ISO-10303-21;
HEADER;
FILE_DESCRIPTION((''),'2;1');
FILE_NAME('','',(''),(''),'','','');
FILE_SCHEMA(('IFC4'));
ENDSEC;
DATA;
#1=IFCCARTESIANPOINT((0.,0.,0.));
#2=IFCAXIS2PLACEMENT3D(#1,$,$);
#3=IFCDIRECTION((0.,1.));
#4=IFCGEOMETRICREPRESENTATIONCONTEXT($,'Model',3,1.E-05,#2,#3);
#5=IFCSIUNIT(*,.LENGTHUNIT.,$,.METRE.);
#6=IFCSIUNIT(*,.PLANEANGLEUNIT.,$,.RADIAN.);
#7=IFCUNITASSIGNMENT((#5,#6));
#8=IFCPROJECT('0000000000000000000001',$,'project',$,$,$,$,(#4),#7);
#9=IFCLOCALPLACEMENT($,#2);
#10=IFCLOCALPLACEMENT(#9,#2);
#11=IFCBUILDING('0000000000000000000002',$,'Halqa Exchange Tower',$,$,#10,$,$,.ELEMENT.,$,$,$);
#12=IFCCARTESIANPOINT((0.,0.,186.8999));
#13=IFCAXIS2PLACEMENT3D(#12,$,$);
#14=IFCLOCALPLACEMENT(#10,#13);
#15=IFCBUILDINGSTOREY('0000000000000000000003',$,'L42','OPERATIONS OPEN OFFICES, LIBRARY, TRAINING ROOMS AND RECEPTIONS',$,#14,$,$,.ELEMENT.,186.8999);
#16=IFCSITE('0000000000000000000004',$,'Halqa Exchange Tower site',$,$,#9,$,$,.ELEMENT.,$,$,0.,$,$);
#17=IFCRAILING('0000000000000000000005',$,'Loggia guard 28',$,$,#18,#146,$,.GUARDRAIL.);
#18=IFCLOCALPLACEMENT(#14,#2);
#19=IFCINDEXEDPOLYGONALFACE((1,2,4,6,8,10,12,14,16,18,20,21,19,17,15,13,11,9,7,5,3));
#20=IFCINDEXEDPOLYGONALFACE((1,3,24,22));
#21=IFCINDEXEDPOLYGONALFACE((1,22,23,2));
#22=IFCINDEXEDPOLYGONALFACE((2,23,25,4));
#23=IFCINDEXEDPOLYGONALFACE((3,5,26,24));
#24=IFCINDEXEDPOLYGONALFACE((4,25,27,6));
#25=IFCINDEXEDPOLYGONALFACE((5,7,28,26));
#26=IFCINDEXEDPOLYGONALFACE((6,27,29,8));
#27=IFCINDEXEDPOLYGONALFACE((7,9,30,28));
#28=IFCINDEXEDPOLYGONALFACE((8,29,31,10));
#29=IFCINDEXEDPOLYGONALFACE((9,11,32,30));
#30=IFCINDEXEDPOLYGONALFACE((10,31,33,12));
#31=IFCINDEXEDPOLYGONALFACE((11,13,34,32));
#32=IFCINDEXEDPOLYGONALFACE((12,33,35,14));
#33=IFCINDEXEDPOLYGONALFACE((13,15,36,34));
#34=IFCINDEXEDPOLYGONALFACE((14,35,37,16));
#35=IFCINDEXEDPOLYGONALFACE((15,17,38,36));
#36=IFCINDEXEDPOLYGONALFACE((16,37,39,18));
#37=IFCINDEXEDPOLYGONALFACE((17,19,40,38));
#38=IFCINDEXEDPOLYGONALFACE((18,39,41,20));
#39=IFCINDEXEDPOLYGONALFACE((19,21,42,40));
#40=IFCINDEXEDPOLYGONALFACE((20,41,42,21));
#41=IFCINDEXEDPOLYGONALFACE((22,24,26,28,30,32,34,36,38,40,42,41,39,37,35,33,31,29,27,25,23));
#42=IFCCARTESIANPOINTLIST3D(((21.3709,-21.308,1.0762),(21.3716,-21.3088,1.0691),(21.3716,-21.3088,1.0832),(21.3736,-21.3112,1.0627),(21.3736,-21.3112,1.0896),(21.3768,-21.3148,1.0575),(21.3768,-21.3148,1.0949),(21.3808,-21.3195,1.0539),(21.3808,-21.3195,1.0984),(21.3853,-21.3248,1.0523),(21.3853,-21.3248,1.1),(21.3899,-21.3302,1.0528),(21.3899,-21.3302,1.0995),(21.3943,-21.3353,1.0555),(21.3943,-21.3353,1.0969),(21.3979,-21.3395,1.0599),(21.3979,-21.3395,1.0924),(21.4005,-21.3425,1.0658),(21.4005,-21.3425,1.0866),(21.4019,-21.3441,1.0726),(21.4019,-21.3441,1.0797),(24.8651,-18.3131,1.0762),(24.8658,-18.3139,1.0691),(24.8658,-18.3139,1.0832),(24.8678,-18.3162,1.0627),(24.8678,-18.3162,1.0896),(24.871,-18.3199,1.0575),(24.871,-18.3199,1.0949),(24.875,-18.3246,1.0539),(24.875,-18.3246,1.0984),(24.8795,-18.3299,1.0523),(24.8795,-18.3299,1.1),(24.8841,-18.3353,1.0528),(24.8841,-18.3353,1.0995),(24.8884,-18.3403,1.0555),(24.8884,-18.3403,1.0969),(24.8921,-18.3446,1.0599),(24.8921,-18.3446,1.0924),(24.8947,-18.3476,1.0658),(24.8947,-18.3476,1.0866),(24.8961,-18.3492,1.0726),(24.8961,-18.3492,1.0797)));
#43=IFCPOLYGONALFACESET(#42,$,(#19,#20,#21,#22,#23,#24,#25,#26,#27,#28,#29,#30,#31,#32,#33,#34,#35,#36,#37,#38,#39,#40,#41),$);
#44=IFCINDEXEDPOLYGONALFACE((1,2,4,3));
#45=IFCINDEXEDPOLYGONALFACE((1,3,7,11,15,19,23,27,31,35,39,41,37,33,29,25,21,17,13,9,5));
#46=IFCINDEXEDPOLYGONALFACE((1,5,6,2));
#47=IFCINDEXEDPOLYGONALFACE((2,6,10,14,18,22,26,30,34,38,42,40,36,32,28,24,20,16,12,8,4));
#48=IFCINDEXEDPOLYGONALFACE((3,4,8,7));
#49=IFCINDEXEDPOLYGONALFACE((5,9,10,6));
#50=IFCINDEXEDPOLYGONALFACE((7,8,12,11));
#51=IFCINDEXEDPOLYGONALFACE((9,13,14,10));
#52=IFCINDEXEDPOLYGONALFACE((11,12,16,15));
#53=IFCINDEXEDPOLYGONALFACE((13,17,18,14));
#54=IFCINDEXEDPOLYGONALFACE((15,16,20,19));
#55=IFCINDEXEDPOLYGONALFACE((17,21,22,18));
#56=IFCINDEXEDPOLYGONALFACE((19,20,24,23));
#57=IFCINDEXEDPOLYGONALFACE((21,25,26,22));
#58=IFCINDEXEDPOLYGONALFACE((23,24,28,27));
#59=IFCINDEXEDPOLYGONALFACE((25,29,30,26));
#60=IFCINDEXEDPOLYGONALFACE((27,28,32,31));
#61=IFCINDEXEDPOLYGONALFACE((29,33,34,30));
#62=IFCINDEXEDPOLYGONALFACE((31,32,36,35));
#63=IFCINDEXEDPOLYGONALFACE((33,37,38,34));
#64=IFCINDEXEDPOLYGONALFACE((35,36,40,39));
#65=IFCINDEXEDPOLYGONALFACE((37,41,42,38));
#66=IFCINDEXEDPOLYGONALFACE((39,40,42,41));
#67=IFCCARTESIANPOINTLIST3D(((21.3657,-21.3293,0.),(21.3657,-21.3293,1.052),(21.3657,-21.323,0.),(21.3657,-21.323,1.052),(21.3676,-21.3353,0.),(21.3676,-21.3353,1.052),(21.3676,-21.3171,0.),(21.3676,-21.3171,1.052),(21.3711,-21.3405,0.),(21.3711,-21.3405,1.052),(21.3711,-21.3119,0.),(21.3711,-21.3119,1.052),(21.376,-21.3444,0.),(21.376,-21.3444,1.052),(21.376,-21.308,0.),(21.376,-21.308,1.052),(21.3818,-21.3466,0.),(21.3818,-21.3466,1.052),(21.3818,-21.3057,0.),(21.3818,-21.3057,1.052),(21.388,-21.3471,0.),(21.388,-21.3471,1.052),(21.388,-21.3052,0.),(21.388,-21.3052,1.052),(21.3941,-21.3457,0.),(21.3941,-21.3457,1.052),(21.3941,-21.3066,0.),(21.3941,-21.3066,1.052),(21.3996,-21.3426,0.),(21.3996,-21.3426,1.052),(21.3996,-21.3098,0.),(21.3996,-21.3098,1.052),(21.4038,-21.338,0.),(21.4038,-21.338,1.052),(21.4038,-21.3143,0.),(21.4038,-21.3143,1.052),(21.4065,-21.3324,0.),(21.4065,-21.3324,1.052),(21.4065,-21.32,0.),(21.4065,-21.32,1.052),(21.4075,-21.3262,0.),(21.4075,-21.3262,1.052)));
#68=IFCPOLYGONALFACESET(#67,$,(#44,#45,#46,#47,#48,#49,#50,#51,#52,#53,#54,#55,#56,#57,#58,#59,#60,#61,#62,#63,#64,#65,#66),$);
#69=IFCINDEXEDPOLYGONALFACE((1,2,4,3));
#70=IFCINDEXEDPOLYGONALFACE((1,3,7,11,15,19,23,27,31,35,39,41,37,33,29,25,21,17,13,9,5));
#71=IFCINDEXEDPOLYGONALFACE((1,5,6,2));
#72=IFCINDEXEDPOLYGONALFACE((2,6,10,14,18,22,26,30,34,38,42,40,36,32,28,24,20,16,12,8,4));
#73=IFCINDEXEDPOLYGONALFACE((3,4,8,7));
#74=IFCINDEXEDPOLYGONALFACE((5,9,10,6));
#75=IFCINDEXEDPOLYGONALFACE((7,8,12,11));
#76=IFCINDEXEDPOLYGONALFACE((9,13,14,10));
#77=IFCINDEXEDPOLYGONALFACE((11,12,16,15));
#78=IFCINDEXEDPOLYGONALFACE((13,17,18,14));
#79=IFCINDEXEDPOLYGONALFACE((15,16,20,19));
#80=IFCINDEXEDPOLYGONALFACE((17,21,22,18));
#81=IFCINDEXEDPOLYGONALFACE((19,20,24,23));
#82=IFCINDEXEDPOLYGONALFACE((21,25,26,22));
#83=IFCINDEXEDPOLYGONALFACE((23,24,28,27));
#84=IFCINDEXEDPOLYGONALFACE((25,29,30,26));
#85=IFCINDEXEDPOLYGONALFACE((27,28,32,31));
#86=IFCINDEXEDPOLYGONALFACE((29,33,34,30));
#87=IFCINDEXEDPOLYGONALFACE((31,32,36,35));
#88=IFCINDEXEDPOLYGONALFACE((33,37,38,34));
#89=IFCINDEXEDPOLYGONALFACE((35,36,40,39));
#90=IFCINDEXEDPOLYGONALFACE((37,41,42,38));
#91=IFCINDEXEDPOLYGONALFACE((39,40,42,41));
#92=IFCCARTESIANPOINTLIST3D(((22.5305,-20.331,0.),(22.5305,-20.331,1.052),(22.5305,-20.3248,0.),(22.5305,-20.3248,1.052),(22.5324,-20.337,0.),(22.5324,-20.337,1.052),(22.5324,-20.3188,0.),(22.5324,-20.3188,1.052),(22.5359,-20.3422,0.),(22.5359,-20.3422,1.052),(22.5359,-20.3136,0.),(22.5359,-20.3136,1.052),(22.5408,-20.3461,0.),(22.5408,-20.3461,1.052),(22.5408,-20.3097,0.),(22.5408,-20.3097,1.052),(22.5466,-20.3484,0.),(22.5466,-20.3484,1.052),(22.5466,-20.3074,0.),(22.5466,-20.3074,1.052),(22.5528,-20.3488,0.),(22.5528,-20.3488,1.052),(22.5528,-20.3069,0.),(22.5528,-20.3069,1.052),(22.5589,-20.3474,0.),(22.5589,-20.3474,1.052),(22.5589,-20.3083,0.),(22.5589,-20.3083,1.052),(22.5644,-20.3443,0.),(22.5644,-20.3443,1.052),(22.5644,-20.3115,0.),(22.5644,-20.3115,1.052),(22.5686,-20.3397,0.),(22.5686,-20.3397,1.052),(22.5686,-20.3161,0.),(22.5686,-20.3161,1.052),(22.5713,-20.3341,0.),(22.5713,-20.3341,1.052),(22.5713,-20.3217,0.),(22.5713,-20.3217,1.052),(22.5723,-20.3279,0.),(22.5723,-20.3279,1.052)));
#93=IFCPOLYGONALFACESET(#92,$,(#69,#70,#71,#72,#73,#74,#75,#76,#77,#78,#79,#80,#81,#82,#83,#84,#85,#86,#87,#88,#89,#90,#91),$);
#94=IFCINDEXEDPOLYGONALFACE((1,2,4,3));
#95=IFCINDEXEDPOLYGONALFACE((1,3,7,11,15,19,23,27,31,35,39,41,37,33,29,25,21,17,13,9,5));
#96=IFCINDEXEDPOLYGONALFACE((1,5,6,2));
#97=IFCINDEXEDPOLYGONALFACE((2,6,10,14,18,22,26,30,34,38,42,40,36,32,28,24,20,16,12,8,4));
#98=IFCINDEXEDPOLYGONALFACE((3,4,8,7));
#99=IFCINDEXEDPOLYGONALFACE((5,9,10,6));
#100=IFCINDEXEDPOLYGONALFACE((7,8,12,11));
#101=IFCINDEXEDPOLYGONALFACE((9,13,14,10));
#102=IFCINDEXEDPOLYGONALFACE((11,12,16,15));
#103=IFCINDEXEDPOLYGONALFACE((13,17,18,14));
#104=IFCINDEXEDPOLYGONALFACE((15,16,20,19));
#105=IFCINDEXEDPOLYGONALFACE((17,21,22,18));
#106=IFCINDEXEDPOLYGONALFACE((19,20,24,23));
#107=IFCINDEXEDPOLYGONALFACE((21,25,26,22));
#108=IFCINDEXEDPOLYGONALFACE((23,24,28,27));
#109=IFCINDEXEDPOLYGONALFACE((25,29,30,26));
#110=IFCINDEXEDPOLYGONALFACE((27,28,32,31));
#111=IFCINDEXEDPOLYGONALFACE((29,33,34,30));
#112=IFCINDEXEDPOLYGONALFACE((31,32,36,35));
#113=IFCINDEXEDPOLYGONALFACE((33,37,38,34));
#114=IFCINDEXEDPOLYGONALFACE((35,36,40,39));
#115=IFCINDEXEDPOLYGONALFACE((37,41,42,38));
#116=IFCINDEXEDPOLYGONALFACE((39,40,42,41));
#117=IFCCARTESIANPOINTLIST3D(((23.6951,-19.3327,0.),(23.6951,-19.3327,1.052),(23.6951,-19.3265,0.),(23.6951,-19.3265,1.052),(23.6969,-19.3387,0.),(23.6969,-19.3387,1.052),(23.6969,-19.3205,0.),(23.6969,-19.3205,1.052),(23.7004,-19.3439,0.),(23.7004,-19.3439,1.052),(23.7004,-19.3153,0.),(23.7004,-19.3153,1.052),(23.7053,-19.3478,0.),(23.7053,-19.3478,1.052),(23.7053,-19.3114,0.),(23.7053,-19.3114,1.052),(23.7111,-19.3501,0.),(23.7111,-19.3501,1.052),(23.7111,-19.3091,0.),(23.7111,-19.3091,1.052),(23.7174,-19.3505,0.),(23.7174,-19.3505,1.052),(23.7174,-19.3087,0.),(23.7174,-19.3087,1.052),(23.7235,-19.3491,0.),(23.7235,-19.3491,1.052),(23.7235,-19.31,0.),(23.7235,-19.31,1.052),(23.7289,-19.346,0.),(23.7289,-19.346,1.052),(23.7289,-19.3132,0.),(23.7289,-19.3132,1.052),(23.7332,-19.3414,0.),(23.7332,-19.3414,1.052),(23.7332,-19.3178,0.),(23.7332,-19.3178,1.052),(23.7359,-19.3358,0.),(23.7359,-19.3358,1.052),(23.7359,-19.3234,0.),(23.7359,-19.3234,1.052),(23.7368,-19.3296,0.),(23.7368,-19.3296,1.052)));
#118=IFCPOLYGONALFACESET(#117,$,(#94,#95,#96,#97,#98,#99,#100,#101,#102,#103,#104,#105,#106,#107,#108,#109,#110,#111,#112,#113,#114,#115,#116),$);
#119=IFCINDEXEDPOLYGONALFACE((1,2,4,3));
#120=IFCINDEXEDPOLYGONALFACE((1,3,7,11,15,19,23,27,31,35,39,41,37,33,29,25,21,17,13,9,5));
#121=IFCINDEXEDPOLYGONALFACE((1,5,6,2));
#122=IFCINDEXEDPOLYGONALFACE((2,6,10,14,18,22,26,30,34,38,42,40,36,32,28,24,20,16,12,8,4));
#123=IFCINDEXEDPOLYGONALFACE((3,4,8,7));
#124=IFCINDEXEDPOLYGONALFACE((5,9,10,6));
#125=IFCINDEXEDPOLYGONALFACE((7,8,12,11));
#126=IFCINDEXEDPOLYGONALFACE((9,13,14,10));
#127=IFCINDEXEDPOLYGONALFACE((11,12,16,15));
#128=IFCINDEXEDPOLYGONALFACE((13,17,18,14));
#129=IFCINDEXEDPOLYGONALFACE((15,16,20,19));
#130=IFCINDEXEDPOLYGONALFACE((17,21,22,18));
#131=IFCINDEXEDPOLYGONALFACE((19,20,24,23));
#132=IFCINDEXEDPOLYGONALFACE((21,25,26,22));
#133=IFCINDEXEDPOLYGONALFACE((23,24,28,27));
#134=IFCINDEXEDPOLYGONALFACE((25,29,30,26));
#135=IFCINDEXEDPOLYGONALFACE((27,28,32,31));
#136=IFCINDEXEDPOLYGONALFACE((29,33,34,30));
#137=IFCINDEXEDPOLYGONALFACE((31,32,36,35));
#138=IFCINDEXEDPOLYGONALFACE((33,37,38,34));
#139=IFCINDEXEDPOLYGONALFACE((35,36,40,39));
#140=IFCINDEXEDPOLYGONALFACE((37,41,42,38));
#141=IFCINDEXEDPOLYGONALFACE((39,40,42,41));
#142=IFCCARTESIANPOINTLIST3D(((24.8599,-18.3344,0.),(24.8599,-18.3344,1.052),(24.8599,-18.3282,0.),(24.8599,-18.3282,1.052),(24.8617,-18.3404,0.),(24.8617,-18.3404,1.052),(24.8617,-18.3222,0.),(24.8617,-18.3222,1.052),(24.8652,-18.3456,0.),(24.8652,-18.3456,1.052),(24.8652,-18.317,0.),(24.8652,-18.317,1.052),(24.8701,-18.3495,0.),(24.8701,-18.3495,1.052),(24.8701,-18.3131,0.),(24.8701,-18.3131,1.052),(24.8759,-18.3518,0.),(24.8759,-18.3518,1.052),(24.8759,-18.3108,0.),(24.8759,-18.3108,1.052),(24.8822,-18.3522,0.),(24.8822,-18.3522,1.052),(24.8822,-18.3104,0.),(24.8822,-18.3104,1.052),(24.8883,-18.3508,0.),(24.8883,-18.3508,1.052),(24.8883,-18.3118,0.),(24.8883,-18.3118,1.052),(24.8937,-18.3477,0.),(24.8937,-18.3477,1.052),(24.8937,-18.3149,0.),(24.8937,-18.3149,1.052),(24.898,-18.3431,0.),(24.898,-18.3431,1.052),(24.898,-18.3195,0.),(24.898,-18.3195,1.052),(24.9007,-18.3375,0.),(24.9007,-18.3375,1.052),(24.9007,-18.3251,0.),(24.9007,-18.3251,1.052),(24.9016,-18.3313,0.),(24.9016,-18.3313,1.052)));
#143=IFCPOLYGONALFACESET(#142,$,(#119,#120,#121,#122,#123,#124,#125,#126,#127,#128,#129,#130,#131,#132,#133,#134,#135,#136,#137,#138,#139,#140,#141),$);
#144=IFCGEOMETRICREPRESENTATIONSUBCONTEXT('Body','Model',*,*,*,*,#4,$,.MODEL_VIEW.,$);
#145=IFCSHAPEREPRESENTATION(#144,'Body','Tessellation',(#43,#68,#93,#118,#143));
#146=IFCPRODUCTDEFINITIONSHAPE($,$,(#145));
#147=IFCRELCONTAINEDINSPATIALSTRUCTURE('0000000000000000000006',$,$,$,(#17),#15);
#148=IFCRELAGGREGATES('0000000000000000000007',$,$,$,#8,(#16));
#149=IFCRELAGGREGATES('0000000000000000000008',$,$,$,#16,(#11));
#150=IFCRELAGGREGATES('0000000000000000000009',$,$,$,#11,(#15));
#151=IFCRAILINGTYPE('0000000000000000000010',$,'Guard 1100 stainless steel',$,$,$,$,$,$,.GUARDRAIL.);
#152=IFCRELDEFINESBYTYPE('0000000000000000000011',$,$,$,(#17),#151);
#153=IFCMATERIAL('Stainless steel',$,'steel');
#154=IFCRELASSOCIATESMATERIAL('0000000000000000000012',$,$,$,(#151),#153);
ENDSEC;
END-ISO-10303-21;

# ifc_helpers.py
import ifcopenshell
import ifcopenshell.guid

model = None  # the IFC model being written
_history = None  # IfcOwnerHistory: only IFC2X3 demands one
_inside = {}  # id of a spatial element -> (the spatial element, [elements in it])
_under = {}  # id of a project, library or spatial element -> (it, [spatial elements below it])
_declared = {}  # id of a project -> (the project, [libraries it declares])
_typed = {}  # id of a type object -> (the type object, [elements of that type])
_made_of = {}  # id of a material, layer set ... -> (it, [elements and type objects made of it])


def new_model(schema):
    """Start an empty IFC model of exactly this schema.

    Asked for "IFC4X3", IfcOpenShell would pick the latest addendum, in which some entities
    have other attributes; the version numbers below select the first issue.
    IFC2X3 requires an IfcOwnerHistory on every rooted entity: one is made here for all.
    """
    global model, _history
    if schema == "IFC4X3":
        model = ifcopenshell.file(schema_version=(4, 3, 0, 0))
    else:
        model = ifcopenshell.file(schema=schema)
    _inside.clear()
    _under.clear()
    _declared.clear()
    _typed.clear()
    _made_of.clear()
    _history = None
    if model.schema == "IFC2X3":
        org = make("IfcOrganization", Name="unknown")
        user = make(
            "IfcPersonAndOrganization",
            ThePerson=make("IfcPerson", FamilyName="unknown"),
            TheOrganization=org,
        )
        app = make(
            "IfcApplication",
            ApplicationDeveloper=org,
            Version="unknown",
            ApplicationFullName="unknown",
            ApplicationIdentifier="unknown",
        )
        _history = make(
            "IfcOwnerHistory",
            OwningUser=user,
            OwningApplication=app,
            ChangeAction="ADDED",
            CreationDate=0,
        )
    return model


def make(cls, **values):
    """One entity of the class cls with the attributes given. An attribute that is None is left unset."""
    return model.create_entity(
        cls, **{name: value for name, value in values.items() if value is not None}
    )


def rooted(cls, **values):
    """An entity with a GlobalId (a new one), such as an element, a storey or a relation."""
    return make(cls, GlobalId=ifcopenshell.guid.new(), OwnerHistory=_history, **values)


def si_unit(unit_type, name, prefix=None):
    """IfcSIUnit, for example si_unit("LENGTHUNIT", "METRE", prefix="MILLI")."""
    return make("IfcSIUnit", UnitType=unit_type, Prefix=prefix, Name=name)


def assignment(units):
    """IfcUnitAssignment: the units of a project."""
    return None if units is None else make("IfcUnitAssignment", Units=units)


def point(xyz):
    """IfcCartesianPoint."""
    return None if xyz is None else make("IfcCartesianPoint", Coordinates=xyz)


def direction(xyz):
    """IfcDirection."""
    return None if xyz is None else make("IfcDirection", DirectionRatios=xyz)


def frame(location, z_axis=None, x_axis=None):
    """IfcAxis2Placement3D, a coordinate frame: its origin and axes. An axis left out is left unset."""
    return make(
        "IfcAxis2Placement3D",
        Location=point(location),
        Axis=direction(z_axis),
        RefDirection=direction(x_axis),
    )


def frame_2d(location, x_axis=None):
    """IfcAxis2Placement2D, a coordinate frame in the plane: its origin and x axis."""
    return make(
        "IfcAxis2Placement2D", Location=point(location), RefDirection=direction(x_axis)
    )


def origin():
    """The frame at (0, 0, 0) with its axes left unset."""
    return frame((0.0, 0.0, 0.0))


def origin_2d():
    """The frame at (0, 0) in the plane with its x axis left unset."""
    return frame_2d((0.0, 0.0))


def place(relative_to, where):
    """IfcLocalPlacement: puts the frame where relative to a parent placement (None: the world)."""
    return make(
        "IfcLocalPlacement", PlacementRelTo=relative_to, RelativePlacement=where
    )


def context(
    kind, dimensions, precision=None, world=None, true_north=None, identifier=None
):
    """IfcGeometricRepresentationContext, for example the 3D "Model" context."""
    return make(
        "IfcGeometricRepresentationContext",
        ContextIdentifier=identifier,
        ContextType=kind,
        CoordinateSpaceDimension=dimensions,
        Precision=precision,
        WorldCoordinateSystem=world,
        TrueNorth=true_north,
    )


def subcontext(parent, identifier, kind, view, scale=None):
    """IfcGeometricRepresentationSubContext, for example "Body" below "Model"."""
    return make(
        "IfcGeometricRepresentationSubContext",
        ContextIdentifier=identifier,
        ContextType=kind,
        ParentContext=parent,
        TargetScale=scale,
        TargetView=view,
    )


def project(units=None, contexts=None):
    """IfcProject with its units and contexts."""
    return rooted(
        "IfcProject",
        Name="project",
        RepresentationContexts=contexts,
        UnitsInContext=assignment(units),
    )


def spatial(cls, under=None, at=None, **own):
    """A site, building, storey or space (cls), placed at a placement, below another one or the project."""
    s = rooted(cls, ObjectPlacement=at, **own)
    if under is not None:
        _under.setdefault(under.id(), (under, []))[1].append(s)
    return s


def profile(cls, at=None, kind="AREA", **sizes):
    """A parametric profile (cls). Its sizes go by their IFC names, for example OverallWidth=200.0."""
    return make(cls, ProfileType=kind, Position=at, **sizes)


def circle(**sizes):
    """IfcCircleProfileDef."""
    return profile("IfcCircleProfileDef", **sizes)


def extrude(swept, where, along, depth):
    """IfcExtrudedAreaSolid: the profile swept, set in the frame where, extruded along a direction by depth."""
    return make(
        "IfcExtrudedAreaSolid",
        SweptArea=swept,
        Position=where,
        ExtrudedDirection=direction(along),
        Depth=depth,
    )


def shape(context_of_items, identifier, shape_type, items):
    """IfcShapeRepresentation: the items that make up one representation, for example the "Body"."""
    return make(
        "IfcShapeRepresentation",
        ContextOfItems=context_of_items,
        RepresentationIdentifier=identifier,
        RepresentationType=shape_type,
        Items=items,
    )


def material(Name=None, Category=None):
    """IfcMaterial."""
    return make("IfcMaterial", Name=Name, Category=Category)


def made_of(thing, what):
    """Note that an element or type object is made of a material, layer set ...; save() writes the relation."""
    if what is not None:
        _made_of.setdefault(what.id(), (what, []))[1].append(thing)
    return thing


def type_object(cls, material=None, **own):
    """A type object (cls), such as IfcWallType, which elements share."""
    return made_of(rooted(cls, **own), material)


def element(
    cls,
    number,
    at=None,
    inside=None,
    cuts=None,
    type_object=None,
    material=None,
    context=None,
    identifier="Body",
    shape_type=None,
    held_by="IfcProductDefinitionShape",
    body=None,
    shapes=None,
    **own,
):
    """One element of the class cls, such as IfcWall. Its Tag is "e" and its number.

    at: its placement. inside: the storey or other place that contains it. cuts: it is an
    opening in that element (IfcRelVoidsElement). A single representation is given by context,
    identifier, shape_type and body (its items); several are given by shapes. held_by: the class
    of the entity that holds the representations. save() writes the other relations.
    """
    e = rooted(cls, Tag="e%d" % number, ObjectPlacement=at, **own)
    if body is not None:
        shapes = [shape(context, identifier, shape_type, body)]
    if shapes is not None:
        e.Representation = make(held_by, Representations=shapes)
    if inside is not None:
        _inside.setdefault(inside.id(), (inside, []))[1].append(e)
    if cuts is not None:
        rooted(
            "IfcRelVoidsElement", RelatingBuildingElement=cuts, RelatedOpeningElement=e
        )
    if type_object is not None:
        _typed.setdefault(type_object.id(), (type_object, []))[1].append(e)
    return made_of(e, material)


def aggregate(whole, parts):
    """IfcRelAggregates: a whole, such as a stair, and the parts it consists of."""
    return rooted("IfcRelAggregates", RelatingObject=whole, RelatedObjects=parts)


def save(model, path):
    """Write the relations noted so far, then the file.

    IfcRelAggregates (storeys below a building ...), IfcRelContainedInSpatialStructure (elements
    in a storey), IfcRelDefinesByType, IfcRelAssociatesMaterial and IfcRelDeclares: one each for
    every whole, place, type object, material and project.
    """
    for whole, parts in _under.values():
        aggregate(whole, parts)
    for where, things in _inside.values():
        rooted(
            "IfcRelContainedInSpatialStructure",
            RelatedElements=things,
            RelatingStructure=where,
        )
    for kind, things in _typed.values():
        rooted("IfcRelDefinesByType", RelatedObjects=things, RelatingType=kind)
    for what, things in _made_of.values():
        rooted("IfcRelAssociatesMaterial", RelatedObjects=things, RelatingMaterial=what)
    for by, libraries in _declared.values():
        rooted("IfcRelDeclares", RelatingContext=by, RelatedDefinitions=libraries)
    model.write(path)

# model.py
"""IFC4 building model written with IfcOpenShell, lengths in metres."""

from ifc_helpers import new_model, si_unit, direction, frame, origin, origin_2d, place, context, subcontext, project, spatial, circle, extrude, material, type_object, element, save


model = new_model("IFC4")

# Units and contexts
model_context = context("Model", 3, precision=1e-05, world=origin(), true_north=direction((0.0, 1.0)))
body_context = subcontext(model_context, "Body", "Model", "MODEL_VIEW")
ifc_project = project(units=[si_unit("LENGTHUNIT", "METRE"), si_unit("PLANEANGLEUNIT", "RADIAN")], contexts=[model_context])

# Site, building, storey
site_placement = place(None, origin())
site = spatial("IfcSite", under=ifc_project, at=site_placement, Name="Halqa Exchange Tower site", CompositionType="ELEMENT", RefElevation=0.0)
building_placement = place(site_placement, origin())
building = spatial("IfcBuilding", under=site, at=building_placement, Name="Halqa Exchange Tower", CompositionType="ELEMENT")
storey_placement = place(building_placement, frame((0.0, 0.0, 186.8999)))
storey = spatial("IfcBuildingStorey", under=building, at=storey_placement, Name="L42", Description="OPERATIONS OPEN OFFICES, LIBRARY, TRAINING ROOMS AND RECEPTIONS", CompositionType="ELEMENT", Elevation=186.8999)

# Railing
ifc_material_1 = material(Name="Stainless steel", Category="steel")
railing_type = type_object("IfcRailingType", Name="Guard 1100 stainless steel", PredefinedType="GUARDRAIL", material=ifc_material_1)
railing_1_placement = place(storey_placement, frame((21.3865, -21.3262, 0.0)))
element("IfcRailing", 1, at=railing_1_placement, inside=storey, type_object=railing_type, Name="Loggia guard 28", PredefinedType="GUARDRAIL", context=body_context, shape_type="SweptSolid", body=[
    extrude(circle(Radius=0.0239, at=origin_2d()), frame((0.0, 0.0, 1.0762), z_axis=(0.759268, 0.650778, 0.0), x_axis=(-0.650778, 0.759268, 0.0)), (0.0, 0.0, 1.0), 4.6021),
    extrude(circle(Radius=0.021, at=origin_2d()), origin(), (0.0, 0.0, 1.0), 1.052),
    extrude(circle(Radius=0.021, at=origin_2d()), frame((1.1648, 0.9983, 0.0)), (0.0, 0.0, 1.0), 1.052),
    extrude(circle(Radius=0.021, at=origin_2d()), frame((2.3293, 1.9966, 0.0)), (0.0, 0.0, 1.0), 1.052),
    extrude(circle(Radius=0.021, at=origin_2d()), frame((3.4941, 2.9949, 0.0)), (0.0, 0.0, 1.0), 1.052),
])

save(model, "model.ifc")
